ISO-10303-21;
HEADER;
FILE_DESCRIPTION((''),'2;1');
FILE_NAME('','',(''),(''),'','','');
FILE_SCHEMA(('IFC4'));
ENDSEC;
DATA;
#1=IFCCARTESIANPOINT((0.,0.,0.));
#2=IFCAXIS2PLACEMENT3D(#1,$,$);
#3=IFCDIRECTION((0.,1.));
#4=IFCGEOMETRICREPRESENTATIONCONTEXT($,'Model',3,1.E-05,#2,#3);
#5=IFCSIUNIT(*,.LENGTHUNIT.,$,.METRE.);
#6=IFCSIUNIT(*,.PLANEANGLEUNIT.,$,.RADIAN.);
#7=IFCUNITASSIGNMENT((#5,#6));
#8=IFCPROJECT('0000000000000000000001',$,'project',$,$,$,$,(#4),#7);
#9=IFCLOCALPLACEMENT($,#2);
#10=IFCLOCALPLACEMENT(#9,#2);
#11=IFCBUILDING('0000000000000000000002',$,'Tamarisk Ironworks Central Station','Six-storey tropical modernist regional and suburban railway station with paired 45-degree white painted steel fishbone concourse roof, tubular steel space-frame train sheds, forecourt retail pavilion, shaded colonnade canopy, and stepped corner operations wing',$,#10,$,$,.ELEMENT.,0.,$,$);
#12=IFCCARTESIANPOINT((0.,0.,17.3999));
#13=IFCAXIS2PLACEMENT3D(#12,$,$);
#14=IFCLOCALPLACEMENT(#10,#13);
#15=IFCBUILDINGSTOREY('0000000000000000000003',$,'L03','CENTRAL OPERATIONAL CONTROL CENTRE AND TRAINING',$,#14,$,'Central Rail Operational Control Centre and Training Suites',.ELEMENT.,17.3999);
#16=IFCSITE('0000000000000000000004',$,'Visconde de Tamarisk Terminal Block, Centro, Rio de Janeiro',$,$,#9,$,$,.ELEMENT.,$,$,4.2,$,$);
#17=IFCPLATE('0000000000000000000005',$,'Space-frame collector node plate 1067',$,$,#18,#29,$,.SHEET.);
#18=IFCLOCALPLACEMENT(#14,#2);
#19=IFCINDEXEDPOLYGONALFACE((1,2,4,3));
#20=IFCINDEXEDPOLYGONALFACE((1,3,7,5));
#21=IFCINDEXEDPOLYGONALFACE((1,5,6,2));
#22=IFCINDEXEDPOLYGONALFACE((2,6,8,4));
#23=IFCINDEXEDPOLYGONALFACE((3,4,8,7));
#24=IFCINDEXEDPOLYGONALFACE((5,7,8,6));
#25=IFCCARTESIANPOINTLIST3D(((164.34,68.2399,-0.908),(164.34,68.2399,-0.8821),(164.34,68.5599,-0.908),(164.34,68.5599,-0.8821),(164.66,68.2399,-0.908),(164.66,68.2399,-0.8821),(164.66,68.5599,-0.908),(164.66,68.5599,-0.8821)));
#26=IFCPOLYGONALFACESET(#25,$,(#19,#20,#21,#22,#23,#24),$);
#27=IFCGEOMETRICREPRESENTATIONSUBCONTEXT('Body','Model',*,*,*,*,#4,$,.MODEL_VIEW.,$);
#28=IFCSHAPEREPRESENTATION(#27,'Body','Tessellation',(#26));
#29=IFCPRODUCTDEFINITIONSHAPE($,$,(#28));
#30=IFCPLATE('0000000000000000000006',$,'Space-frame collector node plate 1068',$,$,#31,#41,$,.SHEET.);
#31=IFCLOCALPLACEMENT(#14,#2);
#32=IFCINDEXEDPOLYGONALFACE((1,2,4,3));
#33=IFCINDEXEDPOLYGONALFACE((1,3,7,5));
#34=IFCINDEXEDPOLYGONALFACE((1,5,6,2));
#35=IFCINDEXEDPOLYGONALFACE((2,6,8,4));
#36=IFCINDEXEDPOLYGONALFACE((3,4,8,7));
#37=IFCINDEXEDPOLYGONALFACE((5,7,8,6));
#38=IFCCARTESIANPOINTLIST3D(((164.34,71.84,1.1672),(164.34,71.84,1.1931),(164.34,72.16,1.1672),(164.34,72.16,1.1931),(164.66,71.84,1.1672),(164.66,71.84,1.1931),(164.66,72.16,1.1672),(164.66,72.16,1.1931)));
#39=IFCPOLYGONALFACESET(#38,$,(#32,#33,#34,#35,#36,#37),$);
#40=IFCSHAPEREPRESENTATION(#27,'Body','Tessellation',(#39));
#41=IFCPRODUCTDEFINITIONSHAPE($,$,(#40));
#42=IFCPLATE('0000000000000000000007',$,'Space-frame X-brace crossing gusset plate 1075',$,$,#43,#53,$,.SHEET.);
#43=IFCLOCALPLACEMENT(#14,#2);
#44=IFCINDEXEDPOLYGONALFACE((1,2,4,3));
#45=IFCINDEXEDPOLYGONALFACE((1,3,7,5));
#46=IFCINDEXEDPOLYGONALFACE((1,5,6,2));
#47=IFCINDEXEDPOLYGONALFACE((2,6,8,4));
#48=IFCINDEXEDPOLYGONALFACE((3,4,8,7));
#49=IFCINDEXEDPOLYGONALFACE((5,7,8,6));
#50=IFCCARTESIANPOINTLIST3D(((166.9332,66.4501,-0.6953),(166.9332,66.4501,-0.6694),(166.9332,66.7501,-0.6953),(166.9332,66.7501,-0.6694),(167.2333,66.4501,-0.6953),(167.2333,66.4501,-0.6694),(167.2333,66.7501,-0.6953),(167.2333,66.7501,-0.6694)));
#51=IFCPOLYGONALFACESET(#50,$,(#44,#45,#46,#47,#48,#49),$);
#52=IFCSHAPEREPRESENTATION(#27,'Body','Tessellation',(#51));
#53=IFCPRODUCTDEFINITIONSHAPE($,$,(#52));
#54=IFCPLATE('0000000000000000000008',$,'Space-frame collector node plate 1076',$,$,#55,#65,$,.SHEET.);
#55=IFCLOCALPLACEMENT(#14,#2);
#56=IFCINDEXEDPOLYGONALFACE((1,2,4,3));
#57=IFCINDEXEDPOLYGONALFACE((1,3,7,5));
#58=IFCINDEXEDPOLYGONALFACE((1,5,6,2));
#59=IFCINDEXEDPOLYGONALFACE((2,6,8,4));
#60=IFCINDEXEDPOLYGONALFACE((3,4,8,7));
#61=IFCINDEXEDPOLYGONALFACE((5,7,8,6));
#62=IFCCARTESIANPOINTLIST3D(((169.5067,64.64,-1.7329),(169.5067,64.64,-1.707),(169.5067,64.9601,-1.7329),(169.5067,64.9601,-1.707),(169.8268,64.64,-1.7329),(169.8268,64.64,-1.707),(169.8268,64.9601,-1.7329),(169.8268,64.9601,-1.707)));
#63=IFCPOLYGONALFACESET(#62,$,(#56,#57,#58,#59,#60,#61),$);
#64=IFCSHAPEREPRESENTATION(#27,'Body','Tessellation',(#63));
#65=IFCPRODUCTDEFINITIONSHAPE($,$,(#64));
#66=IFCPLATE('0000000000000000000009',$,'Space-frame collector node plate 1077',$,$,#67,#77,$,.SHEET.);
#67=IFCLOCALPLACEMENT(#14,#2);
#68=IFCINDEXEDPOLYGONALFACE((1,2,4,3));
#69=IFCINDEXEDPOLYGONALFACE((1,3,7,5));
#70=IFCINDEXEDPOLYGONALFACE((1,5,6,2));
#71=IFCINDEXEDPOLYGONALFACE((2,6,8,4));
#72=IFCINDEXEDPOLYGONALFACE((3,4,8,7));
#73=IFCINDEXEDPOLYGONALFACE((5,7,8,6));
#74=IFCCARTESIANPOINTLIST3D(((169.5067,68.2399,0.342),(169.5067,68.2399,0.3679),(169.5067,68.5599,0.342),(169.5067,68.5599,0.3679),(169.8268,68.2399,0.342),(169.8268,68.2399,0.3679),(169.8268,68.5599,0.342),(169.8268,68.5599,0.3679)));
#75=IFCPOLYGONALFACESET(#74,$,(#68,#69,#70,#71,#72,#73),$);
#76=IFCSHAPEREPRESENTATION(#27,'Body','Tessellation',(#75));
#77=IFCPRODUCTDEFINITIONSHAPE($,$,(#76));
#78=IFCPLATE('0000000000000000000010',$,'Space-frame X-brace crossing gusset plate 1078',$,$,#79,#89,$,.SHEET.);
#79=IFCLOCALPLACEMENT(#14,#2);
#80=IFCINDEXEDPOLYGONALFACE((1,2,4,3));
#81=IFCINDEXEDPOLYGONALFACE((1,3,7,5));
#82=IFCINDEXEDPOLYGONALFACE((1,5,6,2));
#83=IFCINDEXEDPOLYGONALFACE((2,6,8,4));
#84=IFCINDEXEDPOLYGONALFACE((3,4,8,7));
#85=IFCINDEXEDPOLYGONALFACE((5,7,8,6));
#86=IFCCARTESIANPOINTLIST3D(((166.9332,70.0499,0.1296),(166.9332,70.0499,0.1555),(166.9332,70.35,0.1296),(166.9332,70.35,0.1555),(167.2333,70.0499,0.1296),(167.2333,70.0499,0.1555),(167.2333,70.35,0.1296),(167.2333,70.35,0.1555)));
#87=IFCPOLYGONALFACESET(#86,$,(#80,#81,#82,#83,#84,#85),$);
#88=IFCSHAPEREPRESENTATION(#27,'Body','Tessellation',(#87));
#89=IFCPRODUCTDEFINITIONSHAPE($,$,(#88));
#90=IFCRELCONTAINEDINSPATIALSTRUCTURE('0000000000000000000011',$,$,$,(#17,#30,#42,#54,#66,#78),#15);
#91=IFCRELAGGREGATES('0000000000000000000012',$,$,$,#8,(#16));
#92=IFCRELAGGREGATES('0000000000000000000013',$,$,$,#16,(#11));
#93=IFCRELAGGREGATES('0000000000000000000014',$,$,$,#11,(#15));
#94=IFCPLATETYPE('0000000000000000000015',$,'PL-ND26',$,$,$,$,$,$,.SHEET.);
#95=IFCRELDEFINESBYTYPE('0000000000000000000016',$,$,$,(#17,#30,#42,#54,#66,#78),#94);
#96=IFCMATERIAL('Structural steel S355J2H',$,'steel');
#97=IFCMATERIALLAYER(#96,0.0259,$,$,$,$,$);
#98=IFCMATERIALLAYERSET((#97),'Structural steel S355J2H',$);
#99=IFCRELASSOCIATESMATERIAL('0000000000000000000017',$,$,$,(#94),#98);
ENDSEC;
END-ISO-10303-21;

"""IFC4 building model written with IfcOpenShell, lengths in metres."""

from ifc_helpers import new_model, si_unit, direction, frame, origin, origin_2d, place, context, subcontext, project, spatial, rectangle, extrude, material, layer, layer_set, type_object, element, save


model = new_model("IFC4")

# Units and contexts
model_context = context("Model", 3, precision=1e-05, world=origin(), true_north=direction((0.0, 1.0)))
body_context = subcontext(model_context, "Body", "Model", "MODEL_VIEW")
ifc_project = project(units=[si_unit("LENGTHUNIT", "METRE"), si_unit("PLANEANGLEUNIT", "RADIAN")], contexts=[model_context])

# Site, building, storey
site_placement = place(None, origin())
site = spatial("IfcSite", under=ifc_project, at=site_placement, Name="Visconde de Tamarisk Terminal Block, Centro, Rio de Janeiro", CompositionType="ELEMENT", RefElevation=4.2)
building_placement = place(site_placement, origin())
building = spatial("IfcBuilding", under=site, at=building_placement, Name="Tamarisk Ironworks Central Station", Description="Six-storey tropical modernist regional and suburban railway station with paired 45-degree white painted steel fishbone concourse roof, tubular steel space-frame train sheds, forecourt retail pavilion, shaded colonnade canopy, and stepped corner operations wing", CompositionType="ELEMENT", ElevationOfRefHeight=0.0)
storey_placement = place(building_placement, frame((0.0, 0.0, 17.3999)))
storey = spatial("IfcBuildingStorey", under=building, at=storey_placement, Name="L03", Description="CENTRAL OPERATIONAL CONTROL CENTRE AND TRAINING", LongName="Central Rail Operational Control Centre and Training Suites", CompositionType="ELEMENT", Elevation=17.3999)

# Shared definitions
ifc_material_1 = material(Name="Structural steel S355J2H", Category="steel")

# Plates
ifc_layer = layer(ifc_material_1, 0.0259)
ifc_layer_set = layer_set([ifc_layer], Name="Structural steel S355J2H")
plate_type = type_object("IfcPlateType", Name="PL-ND26", PredefinedType="SHEET", material=ifc_layer_set)
for number, where, z_axis, x_axis, name in (
    (1, (164.5, 68.3999, -0.908), (0.0, 0.0, 1.0), (1.0, 0.0, 0.0), "Space-frame collector node plate 1067"),
    (2, (164.5, 72.0, 1.1672), (0.0, 0.0, 1.0), (1.0, 0.0, 0.0), "Space-frame collector node plate 1068"),
):
    element("IfcPlate", number, at=place(storey_placement, frame(where, z_axis=z_axis, x_axis=x_axis)), inside=storey, type_object=plate_type, Name=name, PredefinedType="SHEET", context=body_context, shape_type="SweptSolid", body=[
        extrude(rectangle(XDim=0.3201, YDim=0.3201, at=origin_2d()), origin(), (0.0, 0.0, 1.0), 0.0259),
    ])
plate_1_placement = place(storey_placement, frame((167.0833, 66.6001, -0.6953), z_axis=(0.0, 0.0, 1.0), x_axis=(1.0, 0.0, 0.0)))
element("IfcPlate", 3, at=plate_1_placement, inside=storey, type_object=plate_type, Name="Space-frame X-brace crossing gusset plate 1075", PredefinedType="SHEET", context=body_context, shape_type="SweptSolid", body=[
    extrude(rectangle(XDim=0.3, YDim=0.3, at=origin_2d()), origin(), (0.0, 0.0, 1.0), 0.0259),
])
for number, where, z_axis, x_axis, name in (
    (4, (169.6667, 64.8, -1.7329), (0.0, 0.0, 1.0), (1.0, 0.0, 0.0), "Space-frame collector node plate 1076"),
    (5, (169.6667, 68.3999, 0.342), (0.0, 0.0, 1.0), (1.0, 0.0, 0.0), "Space-frame collector node plate 1077"),
):
    element("IfcPlate", number, at=place(storey_placement, frame(where, z_axis=z_axis, x_axis=x_axis)), inside=storey, type_object=plate_type, Name=name, PredefinedType="SHEET", context=body_context, shape_type="SweptSolid", body=[
        extrude(rectangle(XDim=0.3201, YDim=0.3201, at=origin_2d()), origin(), (0.0, 0.0, 1.0), 0.0259),
    ])
plate_2_placement = place(storey_placement, frame((167.0833, 70.2, 0.1296), z_axis=(0.0, 0.0, 1.0), x_axis=(1.0, 0.0, 0.0)))
element("IfcPlate", 6, at=plate_2_placement, inside=storey, type_object=plate_type, Name="Space-frame X-brace crossing gusset plate 1078", PredefinedType="SHEET", context=body_context, shape_type="SweptSolid", body=[
    extrude(rectangle(XDim=0.3, YDim=0.3, at=origin_2d()), origin(), (0.0, 0.0, 1.0), 0.0259),
])

save(model, "model.ifc")
